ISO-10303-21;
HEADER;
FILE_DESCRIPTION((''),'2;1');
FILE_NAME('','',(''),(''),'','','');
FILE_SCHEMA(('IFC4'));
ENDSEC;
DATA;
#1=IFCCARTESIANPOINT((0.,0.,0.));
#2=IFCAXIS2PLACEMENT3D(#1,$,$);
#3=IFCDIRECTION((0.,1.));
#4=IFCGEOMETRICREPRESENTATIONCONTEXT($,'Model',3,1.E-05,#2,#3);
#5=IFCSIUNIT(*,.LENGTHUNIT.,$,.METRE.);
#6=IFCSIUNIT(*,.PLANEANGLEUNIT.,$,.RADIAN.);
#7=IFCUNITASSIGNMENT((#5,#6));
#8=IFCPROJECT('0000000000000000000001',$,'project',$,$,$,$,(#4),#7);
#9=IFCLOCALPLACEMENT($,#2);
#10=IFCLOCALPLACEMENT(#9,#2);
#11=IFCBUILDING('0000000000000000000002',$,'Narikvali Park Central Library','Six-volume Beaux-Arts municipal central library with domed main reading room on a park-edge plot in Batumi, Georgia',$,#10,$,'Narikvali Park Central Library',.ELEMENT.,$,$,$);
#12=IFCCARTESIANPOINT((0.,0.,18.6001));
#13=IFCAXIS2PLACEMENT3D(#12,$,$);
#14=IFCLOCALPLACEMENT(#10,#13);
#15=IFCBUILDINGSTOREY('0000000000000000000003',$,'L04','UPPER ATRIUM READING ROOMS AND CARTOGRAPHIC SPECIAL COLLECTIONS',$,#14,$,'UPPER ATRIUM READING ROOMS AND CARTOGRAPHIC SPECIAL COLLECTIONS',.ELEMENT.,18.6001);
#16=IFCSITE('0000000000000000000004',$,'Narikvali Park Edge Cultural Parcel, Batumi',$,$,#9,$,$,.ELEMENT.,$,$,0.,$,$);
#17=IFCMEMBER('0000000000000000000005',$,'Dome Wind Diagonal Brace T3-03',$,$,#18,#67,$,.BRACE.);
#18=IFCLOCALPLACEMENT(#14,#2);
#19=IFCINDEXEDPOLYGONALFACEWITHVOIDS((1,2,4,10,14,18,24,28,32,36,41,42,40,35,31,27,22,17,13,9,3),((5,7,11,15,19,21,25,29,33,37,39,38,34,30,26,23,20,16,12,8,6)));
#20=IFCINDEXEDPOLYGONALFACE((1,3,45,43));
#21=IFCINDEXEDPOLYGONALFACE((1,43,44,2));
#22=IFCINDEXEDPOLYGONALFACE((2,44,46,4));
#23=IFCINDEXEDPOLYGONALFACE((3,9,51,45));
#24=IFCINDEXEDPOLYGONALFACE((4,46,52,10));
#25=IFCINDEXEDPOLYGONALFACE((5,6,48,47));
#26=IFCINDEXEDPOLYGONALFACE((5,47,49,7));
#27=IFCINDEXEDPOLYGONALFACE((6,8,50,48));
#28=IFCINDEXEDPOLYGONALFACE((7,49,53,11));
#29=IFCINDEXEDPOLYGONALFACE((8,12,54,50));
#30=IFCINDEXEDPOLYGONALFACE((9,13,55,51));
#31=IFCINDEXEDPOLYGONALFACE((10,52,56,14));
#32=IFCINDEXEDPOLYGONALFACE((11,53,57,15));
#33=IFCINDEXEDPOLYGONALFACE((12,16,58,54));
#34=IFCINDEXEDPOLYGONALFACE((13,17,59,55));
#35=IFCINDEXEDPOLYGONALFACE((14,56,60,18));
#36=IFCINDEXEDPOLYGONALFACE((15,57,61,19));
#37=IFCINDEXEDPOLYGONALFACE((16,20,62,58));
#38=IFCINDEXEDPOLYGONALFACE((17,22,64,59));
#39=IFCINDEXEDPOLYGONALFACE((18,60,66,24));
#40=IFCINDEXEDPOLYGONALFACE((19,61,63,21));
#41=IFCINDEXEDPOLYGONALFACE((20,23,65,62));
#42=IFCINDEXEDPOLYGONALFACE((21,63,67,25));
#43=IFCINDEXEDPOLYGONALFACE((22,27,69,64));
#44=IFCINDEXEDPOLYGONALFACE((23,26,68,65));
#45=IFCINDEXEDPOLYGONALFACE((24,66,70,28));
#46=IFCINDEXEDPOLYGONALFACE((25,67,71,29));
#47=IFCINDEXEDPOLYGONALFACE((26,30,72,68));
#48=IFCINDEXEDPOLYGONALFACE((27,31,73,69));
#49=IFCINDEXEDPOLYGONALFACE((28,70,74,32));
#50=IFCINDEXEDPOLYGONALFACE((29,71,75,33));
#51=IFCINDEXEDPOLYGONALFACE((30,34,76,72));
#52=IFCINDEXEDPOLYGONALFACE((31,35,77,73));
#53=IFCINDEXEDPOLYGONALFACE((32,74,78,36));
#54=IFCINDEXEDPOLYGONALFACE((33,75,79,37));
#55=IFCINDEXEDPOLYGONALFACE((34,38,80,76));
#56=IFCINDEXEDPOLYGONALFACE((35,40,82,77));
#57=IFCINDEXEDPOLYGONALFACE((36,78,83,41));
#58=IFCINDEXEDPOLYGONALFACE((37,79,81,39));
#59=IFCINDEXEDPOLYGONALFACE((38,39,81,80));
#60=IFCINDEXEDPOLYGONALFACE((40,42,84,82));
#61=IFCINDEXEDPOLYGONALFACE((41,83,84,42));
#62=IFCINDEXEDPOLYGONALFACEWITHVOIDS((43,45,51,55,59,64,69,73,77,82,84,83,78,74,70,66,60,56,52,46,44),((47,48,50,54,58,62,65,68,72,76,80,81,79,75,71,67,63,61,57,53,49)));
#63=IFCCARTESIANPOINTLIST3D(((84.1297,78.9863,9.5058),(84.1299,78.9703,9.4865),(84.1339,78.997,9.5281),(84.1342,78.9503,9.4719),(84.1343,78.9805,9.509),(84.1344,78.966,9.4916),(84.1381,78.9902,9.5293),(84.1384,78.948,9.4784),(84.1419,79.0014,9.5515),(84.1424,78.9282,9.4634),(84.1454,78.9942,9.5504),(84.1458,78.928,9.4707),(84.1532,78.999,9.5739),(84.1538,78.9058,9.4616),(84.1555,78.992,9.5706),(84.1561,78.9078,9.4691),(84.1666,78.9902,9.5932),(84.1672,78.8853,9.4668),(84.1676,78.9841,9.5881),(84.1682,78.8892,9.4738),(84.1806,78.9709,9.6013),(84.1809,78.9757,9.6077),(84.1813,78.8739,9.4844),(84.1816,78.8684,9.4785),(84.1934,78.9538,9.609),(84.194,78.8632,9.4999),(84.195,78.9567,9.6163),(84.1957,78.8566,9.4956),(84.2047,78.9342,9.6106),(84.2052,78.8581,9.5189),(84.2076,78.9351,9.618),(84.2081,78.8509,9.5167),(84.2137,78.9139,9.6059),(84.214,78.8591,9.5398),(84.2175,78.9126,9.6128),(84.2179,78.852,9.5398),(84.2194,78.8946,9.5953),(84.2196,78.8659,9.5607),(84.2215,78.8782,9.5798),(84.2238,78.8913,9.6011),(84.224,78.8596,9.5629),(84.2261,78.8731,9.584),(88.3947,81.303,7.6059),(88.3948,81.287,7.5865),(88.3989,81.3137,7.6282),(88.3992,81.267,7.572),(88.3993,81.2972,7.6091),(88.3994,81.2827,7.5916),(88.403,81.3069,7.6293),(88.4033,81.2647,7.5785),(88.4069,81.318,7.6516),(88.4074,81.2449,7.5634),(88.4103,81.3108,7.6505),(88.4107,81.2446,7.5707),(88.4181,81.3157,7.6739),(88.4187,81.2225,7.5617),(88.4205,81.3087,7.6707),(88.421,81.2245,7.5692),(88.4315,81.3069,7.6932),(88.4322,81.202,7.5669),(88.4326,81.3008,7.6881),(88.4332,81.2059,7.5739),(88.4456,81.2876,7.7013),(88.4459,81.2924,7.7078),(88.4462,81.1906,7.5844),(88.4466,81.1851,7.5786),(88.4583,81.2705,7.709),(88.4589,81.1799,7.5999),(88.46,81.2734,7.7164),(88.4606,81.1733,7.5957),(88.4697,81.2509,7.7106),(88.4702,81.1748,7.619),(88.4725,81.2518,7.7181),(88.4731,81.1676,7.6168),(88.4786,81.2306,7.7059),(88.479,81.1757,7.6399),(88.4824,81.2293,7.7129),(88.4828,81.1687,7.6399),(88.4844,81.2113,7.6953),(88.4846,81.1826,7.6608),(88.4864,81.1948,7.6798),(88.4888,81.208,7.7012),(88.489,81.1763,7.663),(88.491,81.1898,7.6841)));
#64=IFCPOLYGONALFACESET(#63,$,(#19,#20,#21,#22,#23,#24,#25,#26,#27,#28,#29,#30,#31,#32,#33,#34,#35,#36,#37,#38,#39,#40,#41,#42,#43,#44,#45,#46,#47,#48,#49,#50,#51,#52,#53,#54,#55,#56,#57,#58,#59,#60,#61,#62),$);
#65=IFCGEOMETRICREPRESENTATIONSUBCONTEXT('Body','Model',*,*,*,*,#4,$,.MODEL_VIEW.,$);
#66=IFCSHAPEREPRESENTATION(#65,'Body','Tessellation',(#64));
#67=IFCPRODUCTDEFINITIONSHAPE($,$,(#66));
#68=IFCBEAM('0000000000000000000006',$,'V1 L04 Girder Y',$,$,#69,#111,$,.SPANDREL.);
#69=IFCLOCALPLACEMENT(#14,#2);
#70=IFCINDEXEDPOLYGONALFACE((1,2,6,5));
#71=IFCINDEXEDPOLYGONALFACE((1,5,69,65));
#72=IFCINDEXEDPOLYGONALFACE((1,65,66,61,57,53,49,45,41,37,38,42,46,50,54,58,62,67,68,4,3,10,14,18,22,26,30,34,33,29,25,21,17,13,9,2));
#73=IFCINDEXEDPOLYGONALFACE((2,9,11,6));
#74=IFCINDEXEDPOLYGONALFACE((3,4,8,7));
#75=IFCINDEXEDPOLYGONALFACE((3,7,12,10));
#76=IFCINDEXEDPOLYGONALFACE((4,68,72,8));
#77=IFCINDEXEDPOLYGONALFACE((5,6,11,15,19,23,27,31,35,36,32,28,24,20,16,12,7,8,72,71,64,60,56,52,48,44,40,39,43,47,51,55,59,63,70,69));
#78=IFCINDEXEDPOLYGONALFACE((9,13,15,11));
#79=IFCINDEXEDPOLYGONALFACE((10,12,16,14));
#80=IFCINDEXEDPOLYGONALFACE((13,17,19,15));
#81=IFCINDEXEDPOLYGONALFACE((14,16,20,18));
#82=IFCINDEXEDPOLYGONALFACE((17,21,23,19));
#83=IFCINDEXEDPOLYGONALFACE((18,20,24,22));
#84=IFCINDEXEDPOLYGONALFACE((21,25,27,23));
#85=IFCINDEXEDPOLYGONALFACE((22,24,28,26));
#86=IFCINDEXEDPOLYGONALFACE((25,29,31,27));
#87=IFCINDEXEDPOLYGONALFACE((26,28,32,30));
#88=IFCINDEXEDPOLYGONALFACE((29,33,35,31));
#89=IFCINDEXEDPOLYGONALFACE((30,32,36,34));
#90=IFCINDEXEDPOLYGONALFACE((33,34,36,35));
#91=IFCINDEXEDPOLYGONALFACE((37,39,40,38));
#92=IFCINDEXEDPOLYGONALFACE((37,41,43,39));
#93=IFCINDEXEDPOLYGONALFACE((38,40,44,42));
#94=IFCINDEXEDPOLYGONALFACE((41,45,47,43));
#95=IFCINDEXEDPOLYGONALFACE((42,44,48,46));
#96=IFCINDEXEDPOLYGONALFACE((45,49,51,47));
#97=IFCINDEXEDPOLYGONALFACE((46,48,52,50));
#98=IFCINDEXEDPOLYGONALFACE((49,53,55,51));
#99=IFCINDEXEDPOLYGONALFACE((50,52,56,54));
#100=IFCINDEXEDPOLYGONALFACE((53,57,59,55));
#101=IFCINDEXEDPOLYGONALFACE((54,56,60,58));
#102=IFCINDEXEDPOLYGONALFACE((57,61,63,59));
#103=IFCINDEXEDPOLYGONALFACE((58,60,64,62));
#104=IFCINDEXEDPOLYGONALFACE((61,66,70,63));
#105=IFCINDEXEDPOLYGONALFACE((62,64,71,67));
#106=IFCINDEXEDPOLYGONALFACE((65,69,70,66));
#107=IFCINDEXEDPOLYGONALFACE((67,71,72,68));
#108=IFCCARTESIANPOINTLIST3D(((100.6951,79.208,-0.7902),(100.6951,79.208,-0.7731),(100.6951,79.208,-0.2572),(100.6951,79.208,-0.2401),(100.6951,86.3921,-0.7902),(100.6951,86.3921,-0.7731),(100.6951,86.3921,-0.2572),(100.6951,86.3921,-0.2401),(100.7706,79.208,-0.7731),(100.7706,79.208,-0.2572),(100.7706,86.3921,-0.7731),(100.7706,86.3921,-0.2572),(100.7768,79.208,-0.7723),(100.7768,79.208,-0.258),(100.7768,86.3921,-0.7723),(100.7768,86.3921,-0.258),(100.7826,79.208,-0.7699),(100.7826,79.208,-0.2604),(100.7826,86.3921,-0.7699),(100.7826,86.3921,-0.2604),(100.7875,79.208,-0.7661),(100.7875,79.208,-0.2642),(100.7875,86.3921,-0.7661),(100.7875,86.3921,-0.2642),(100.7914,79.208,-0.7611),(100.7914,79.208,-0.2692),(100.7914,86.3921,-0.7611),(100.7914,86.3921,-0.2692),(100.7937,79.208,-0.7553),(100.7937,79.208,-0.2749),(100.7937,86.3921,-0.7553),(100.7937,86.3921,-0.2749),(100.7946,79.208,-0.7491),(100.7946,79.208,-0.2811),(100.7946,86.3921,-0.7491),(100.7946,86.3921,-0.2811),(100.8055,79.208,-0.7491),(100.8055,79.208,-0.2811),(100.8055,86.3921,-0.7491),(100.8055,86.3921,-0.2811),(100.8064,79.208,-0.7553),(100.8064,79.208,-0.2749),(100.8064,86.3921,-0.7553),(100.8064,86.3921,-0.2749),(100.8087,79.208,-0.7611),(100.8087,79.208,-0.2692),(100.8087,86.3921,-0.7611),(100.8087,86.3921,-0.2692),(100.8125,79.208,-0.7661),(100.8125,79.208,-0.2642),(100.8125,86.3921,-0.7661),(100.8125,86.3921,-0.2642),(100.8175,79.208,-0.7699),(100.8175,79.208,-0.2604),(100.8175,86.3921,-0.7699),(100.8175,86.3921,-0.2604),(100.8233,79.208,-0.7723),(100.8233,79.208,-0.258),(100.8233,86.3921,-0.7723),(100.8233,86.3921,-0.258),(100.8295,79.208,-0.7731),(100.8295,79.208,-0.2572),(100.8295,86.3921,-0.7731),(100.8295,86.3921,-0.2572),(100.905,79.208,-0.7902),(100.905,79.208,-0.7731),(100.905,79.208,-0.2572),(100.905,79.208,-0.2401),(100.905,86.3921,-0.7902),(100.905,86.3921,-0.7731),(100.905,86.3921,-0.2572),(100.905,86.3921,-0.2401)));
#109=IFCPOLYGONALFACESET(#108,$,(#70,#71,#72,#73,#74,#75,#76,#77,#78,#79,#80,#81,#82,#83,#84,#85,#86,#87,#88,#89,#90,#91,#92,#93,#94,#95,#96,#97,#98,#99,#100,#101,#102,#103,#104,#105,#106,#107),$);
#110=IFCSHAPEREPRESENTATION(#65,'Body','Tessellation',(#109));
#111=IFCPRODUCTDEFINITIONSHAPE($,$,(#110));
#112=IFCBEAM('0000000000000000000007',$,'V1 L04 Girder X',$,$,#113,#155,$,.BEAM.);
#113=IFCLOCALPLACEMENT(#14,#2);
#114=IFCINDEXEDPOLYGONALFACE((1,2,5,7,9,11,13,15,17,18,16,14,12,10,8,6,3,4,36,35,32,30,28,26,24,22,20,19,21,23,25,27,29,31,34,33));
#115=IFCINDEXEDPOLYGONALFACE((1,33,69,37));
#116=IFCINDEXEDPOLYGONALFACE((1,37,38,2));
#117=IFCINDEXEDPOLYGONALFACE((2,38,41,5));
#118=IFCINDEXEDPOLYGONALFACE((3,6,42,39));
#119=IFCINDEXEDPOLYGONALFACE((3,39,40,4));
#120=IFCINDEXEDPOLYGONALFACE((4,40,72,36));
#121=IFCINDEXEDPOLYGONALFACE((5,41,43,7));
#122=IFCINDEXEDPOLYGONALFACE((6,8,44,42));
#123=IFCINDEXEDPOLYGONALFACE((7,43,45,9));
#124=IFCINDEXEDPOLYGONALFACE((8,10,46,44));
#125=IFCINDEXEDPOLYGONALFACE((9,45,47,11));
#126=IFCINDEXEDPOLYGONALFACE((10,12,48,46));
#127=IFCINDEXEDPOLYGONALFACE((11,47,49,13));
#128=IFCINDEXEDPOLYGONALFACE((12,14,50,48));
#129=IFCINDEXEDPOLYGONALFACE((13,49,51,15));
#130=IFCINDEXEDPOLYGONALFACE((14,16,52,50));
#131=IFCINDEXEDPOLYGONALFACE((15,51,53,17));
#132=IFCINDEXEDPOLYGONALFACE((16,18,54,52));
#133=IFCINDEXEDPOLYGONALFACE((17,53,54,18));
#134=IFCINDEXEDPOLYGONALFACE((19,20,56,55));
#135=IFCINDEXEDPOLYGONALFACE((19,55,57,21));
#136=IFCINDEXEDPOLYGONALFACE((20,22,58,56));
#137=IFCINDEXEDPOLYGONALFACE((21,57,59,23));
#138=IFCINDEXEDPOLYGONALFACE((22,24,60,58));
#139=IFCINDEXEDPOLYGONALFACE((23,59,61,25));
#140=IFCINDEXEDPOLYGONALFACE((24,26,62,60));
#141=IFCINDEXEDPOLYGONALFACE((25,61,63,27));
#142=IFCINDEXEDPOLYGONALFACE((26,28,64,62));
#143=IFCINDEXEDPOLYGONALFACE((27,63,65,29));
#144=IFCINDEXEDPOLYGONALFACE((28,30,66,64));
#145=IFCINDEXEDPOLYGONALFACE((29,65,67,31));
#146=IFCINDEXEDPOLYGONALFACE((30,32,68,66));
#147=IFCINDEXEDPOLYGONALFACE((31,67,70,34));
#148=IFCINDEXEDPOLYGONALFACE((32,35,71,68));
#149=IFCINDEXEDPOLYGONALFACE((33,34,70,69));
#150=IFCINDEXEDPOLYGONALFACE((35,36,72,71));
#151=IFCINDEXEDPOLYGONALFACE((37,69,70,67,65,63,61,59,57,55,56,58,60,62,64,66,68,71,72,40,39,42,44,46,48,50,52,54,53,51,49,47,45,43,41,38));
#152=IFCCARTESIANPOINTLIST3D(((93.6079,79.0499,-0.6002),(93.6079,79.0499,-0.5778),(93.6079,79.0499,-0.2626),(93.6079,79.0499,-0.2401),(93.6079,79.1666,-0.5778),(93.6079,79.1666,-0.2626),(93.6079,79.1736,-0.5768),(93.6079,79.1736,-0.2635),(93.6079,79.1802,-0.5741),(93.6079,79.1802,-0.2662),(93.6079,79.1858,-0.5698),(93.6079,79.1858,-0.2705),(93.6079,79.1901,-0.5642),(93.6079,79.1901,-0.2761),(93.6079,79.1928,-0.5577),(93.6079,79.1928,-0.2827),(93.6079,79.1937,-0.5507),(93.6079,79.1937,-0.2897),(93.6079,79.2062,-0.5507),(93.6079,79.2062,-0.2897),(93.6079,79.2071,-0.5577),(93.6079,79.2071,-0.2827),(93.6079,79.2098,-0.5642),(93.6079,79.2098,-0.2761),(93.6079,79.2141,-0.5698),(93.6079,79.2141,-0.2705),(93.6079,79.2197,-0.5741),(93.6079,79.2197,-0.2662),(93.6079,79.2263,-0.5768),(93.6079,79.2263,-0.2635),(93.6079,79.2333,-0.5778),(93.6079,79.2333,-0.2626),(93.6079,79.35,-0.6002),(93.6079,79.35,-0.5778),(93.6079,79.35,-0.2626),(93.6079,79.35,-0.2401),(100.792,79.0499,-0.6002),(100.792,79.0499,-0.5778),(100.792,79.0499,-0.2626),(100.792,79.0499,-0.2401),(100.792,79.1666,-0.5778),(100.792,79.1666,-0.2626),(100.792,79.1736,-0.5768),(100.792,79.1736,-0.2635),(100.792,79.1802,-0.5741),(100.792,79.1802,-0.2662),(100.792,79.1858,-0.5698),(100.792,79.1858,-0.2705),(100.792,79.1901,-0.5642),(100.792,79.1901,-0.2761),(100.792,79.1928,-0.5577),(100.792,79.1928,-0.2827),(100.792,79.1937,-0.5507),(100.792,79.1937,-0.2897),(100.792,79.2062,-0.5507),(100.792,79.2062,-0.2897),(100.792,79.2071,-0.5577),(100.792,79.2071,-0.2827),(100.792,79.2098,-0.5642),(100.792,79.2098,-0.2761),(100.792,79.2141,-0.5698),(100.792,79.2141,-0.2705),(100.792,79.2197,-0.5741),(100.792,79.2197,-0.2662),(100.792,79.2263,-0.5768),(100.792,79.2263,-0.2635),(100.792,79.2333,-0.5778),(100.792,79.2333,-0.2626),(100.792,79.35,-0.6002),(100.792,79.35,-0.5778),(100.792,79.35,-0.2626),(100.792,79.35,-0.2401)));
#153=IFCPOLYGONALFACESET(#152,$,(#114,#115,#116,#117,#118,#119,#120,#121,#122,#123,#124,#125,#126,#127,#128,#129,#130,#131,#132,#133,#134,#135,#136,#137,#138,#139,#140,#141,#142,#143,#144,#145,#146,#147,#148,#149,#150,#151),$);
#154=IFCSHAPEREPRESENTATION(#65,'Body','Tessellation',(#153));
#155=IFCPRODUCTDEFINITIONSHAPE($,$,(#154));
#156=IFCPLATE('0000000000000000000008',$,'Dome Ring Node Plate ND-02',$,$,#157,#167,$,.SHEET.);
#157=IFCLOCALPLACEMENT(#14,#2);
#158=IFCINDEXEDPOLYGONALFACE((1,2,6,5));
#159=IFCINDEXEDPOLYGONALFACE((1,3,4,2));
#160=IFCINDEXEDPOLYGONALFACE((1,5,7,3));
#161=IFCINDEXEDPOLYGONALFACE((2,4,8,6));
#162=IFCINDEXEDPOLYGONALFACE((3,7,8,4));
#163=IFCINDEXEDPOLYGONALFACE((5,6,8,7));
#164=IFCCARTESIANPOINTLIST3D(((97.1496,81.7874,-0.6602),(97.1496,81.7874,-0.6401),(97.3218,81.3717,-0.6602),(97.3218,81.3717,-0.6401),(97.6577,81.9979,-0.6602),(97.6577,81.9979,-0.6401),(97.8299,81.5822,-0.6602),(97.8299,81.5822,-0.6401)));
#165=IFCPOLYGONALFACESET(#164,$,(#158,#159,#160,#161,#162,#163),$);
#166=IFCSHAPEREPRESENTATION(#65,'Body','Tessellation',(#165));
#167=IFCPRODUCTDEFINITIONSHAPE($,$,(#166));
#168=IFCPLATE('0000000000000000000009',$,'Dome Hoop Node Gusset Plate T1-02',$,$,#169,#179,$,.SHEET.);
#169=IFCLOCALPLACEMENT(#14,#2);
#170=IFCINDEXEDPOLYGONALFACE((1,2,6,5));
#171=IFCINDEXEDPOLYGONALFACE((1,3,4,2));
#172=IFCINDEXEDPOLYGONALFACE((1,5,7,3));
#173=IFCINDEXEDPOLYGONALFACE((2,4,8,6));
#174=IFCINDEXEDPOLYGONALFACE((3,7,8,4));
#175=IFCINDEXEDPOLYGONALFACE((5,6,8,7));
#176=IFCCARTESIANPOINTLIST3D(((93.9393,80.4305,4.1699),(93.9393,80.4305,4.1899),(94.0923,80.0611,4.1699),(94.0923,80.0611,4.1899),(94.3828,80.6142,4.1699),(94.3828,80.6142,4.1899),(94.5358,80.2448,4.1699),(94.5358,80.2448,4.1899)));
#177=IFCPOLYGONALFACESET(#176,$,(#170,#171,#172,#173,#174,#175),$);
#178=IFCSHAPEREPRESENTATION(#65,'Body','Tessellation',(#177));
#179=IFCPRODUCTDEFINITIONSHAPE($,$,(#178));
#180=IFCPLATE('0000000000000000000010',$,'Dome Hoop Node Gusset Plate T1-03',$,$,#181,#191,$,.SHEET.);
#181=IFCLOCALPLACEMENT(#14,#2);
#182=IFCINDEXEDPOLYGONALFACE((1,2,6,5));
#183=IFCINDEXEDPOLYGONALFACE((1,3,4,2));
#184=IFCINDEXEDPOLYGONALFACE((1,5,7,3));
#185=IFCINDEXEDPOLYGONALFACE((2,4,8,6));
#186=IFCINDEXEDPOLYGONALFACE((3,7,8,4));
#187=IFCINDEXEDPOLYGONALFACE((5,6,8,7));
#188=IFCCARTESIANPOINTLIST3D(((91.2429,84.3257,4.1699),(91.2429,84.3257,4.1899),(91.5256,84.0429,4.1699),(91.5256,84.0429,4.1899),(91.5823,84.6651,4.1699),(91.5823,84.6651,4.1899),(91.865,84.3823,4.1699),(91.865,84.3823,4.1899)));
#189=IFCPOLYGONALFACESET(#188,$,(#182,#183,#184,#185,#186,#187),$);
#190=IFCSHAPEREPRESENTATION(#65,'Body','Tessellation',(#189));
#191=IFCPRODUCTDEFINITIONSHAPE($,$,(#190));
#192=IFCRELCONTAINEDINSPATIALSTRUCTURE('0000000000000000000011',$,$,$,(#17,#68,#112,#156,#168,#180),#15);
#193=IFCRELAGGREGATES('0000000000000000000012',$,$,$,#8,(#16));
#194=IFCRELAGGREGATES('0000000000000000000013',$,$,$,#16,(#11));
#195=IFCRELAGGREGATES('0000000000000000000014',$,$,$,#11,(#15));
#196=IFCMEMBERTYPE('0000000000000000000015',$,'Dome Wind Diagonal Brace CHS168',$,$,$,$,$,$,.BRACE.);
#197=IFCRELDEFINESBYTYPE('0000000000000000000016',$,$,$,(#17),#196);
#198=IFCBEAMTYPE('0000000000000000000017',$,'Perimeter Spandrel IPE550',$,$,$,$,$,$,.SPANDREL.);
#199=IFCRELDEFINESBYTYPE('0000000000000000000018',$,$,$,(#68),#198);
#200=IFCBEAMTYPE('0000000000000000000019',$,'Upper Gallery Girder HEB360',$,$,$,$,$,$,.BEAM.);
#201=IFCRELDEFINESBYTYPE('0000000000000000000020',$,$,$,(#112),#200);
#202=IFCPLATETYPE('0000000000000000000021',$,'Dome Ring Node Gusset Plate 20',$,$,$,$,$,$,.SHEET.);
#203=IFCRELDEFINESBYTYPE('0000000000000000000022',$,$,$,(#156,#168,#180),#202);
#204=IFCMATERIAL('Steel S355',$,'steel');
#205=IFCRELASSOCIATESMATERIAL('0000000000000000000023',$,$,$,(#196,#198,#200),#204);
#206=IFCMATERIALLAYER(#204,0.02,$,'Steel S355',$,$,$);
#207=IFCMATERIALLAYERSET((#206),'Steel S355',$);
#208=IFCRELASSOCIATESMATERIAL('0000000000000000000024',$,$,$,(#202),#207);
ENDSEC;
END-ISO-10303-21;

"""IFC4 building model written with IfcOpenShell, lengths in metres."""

from ifc_helpers import new_model, si_unit, direction, frame, origin, origin_2d, place, context, subcontext, project, spatial, rectangle, hollow_circle, i_section, extrude, material, layer, layer_set, material_profile, profile_set, type_object, element, save


model = new_model("IFC4")

# Units and contexts
model_context = context("Model", 3, precision=1e-05, world=origin(), true_north=direction((0.0, 1.0)))
body_context = subcontext(model_context, "Body", "Model", "MODEL_VIEW")
ifc_project = project(units=[si_unit("LENGTHUNIT", "METRE"), si_unit("PLANEANGLEUNIT", "RADIAN")], contexts=[model_context])

# Site, building, storey
site_placement = place(None, origin())
site = spatial("IfcSite", under=ifc_project, at=site_placement, Name="Narikvali Park Edge Cultural Parcel, Batumi", CompositionType="ELEMENT", RefElevation=0.0)
building_placement = place(site_placement, origin())
building = spatial("IfcBuilding", under=site, at=building_placement, Name="Narikvali Park Central Library", Description="Six-volume Beaux-Arts municipal central library with domed main reading room on a park-edge plot in Batumi, Georgia", LongName="Narikvali Park Central Library", CompositionType="ELEMENT")
storey_placement = place(building_placement, frame((0.0, 0.0, 18.6001)))
storey = spatial("IfcBuildingStorey", under=building, at=storey_placement, Name="L04", Description="UPPER ATRIUM READING ROOMS AND CARTOGRAPHIC SPECIAL COLLECTIONS", LongName="UPPER ATRIUM READING ROOMS AND CARTOGRAPHIC SPECIAL COLLECTIONS", CompositionType="ELEMENT", Elevation=18.6001)

# Shared definitions
ifc_material_1 = material(Name="Steel S355", Category="steel")

# Member
ifc_material_profile_1 = material_profile(ifc_material_1, hollow_circle(Radius=0.0842, WallThickness=0.0081, at=origin_2d()), Name="CHS 168.3x8")
ifc_profile_set_1 = profile_set([ifc_material_profile_1], Name="Steel S355")
member_type_1 = type_object("IfcMemberType", Name="Dome Wind Diagonal Brace CHS168", PredefinedType="BRACE", material=ifc_profile_set_1)
member_1_placement = place(storey_placement, frame((88.4426, 81.2427, 7.6399), z_axis=(-0.81827, -0.444477, 0.364519), x_axis=(0.477318, -0.87873, 0.0)))
element("IfcMember", 1, at=member_1_placement, inside=storey, type_object=member_type_1, Name="Dome Wind Diagonal Brace T3-03", PredefinedType="BRACE", context=body_context, shape_type="SweptSolid", body=[
    extrude(hollow_circle(Radius=0.0842, WallThickness=0.0081, at=origin_2d()), origin(), (0.0, 0.0, 1.0), 5.2122),
])

# Beams
ifc_material_profile_2 = material_profile(ifc_material_1, i_section(OverallWidth=0.21, OverallDepth=0.55, WebThickness=0.011, FlangeThickness=0.0171, FilletRadius=0.0239, at=origin_2d()), Name="IPE 550")
ifc_profile_set_2 = profile_set([ifc_material_profile_2], Name="Steel S355")
beam_type_1 = type_object("IfcBeamType", Name="Perimeter Spandrel IPE550", PredefinedType="SPANDREL", material=ifc_profile_set_2)
beam_1_placement = place(storey_placement, frame((100.8, 79.208, -0.5151), z_axis=(0.0, 1.0, 0.0), x_axis=(-1.0, 0.0, 0.0)))
element("IfcBeam", 2, at=beam_1_placement, inside=storey, type_object=beam_type_1, Name="V1 L04 Girder Y", PredefinedType="SPANDREL", context=body_context, shape_type="SweptSolid", body=[
    extrude(i_section(OverallWidth=0.21, OverallDepth=0.55, WebThickness=0.011, FlangeThickness=0.0171, FilletRadius=0.0239, at=origin_2d()), origin(), (0.0, 0.0, 1.0), 7.1841),
])
ifc_material_profile_3 = material_profile(ifc_material_1, i_section(OverallWidth=0.3, OverallDepth=0.3601, WebThickness=0.0125, FlangeThickness=0.0225, FilletRadius=0.0271, at=origin_2d()), Name="HEB 360")
ifc_profile_set_3 = profile_set([ifc_material_profile_3], Name="Steel S355")
beam_type_2 = type_object("IfcBeamType", Name="Upper Gallery Girder HEB360", PredefinedType="BEAM", material=ifc_profile_set_3)
beam_2_placement = place(storey_placement, frame((93.6079, 79.2, -0.4202), z_axis=(1.0, 0.0, 0.0), x_axis=(0.0, 1.0, 0.0)))
element("IfcBeam", 3, at=beam_2_placement, inside=storey, type_object=beam_type_2, Name="V1 L04 Girder X", PredefinedType="BEAM", context=body_context, shape_type="SweptSolid", body=[
    extrude(i_section(OverallWidth=0.3, OverallDepth=0.3601, WebThickness=0.0125, FlangeThickness=0.0225, FilletRadius=0.0271, at=origin_2d()), origin(), (0.0, 0.0, 1.0), 7.1841),
])

# Plates
ifc_layer_1 = layer(ifc_material_1, 0.02, Name="Steel S355")
ifc_layer_set_1 = layer_set([ifc_layer_1], Name="Steel S355")
plate_type_1 = type_object("IfcPlateType", Name="Dome Ring Node Gusset Plate 20", PredefinedType="SHEET", material=ifc_layer_set_1)
plate_1_placement = place(storey_placement, frame((97.4897, 81.6848, -0.6602), z_axis=(0.0, 0.0, 1.0), x_axis=(0.92388, 0.382683, 0.0)))
element("IfcPlate", 4, at=plate_1_placement, inside=storey, type_object=plate_type_1, Name="Dome Ring Node Plate ND-02", PredefinedType="SHEET", context=body_context, shape_type="SweptSolid", body=[
    extrude(rectangle(XDim=0.55, YDim=0.45, at=origin_2d()), origin(), (0.0, 0.0, 1.0), 0.02),
])
for number, where, z_axis, x_axis, name in (
    (5, (94.2375, 80.3376, 4.1699), (0.0, 0.0, 1.0), (0.92388, 0.382683, 0.0), "Dome Hoop Node Gusset Plate T1-02"),
    (6, (91.554, 84.354, 4.1699), (0.0, 0.0, 1.0), (0.707107, 0.707107, 0.0), "Dome Hoop Node Gusset Plate T1-03"),
):
    element("IfcPlate", number, at=place(storey_placement, frame(where, z_axis=z_axis, x_axis=x_axis)), inside=storey, type_object=plate_type_1, Name=name, PredefinedType="SHEET", context=body_context, shape_type="SweptSolid", body=[
        extrude(rectangle(XDim=0.48, YDim=0.3999, at=origin_2d()), origin(), (0.0, 0.0, 1.0), 0.02),
    ])

save(model, "model.ifc")
